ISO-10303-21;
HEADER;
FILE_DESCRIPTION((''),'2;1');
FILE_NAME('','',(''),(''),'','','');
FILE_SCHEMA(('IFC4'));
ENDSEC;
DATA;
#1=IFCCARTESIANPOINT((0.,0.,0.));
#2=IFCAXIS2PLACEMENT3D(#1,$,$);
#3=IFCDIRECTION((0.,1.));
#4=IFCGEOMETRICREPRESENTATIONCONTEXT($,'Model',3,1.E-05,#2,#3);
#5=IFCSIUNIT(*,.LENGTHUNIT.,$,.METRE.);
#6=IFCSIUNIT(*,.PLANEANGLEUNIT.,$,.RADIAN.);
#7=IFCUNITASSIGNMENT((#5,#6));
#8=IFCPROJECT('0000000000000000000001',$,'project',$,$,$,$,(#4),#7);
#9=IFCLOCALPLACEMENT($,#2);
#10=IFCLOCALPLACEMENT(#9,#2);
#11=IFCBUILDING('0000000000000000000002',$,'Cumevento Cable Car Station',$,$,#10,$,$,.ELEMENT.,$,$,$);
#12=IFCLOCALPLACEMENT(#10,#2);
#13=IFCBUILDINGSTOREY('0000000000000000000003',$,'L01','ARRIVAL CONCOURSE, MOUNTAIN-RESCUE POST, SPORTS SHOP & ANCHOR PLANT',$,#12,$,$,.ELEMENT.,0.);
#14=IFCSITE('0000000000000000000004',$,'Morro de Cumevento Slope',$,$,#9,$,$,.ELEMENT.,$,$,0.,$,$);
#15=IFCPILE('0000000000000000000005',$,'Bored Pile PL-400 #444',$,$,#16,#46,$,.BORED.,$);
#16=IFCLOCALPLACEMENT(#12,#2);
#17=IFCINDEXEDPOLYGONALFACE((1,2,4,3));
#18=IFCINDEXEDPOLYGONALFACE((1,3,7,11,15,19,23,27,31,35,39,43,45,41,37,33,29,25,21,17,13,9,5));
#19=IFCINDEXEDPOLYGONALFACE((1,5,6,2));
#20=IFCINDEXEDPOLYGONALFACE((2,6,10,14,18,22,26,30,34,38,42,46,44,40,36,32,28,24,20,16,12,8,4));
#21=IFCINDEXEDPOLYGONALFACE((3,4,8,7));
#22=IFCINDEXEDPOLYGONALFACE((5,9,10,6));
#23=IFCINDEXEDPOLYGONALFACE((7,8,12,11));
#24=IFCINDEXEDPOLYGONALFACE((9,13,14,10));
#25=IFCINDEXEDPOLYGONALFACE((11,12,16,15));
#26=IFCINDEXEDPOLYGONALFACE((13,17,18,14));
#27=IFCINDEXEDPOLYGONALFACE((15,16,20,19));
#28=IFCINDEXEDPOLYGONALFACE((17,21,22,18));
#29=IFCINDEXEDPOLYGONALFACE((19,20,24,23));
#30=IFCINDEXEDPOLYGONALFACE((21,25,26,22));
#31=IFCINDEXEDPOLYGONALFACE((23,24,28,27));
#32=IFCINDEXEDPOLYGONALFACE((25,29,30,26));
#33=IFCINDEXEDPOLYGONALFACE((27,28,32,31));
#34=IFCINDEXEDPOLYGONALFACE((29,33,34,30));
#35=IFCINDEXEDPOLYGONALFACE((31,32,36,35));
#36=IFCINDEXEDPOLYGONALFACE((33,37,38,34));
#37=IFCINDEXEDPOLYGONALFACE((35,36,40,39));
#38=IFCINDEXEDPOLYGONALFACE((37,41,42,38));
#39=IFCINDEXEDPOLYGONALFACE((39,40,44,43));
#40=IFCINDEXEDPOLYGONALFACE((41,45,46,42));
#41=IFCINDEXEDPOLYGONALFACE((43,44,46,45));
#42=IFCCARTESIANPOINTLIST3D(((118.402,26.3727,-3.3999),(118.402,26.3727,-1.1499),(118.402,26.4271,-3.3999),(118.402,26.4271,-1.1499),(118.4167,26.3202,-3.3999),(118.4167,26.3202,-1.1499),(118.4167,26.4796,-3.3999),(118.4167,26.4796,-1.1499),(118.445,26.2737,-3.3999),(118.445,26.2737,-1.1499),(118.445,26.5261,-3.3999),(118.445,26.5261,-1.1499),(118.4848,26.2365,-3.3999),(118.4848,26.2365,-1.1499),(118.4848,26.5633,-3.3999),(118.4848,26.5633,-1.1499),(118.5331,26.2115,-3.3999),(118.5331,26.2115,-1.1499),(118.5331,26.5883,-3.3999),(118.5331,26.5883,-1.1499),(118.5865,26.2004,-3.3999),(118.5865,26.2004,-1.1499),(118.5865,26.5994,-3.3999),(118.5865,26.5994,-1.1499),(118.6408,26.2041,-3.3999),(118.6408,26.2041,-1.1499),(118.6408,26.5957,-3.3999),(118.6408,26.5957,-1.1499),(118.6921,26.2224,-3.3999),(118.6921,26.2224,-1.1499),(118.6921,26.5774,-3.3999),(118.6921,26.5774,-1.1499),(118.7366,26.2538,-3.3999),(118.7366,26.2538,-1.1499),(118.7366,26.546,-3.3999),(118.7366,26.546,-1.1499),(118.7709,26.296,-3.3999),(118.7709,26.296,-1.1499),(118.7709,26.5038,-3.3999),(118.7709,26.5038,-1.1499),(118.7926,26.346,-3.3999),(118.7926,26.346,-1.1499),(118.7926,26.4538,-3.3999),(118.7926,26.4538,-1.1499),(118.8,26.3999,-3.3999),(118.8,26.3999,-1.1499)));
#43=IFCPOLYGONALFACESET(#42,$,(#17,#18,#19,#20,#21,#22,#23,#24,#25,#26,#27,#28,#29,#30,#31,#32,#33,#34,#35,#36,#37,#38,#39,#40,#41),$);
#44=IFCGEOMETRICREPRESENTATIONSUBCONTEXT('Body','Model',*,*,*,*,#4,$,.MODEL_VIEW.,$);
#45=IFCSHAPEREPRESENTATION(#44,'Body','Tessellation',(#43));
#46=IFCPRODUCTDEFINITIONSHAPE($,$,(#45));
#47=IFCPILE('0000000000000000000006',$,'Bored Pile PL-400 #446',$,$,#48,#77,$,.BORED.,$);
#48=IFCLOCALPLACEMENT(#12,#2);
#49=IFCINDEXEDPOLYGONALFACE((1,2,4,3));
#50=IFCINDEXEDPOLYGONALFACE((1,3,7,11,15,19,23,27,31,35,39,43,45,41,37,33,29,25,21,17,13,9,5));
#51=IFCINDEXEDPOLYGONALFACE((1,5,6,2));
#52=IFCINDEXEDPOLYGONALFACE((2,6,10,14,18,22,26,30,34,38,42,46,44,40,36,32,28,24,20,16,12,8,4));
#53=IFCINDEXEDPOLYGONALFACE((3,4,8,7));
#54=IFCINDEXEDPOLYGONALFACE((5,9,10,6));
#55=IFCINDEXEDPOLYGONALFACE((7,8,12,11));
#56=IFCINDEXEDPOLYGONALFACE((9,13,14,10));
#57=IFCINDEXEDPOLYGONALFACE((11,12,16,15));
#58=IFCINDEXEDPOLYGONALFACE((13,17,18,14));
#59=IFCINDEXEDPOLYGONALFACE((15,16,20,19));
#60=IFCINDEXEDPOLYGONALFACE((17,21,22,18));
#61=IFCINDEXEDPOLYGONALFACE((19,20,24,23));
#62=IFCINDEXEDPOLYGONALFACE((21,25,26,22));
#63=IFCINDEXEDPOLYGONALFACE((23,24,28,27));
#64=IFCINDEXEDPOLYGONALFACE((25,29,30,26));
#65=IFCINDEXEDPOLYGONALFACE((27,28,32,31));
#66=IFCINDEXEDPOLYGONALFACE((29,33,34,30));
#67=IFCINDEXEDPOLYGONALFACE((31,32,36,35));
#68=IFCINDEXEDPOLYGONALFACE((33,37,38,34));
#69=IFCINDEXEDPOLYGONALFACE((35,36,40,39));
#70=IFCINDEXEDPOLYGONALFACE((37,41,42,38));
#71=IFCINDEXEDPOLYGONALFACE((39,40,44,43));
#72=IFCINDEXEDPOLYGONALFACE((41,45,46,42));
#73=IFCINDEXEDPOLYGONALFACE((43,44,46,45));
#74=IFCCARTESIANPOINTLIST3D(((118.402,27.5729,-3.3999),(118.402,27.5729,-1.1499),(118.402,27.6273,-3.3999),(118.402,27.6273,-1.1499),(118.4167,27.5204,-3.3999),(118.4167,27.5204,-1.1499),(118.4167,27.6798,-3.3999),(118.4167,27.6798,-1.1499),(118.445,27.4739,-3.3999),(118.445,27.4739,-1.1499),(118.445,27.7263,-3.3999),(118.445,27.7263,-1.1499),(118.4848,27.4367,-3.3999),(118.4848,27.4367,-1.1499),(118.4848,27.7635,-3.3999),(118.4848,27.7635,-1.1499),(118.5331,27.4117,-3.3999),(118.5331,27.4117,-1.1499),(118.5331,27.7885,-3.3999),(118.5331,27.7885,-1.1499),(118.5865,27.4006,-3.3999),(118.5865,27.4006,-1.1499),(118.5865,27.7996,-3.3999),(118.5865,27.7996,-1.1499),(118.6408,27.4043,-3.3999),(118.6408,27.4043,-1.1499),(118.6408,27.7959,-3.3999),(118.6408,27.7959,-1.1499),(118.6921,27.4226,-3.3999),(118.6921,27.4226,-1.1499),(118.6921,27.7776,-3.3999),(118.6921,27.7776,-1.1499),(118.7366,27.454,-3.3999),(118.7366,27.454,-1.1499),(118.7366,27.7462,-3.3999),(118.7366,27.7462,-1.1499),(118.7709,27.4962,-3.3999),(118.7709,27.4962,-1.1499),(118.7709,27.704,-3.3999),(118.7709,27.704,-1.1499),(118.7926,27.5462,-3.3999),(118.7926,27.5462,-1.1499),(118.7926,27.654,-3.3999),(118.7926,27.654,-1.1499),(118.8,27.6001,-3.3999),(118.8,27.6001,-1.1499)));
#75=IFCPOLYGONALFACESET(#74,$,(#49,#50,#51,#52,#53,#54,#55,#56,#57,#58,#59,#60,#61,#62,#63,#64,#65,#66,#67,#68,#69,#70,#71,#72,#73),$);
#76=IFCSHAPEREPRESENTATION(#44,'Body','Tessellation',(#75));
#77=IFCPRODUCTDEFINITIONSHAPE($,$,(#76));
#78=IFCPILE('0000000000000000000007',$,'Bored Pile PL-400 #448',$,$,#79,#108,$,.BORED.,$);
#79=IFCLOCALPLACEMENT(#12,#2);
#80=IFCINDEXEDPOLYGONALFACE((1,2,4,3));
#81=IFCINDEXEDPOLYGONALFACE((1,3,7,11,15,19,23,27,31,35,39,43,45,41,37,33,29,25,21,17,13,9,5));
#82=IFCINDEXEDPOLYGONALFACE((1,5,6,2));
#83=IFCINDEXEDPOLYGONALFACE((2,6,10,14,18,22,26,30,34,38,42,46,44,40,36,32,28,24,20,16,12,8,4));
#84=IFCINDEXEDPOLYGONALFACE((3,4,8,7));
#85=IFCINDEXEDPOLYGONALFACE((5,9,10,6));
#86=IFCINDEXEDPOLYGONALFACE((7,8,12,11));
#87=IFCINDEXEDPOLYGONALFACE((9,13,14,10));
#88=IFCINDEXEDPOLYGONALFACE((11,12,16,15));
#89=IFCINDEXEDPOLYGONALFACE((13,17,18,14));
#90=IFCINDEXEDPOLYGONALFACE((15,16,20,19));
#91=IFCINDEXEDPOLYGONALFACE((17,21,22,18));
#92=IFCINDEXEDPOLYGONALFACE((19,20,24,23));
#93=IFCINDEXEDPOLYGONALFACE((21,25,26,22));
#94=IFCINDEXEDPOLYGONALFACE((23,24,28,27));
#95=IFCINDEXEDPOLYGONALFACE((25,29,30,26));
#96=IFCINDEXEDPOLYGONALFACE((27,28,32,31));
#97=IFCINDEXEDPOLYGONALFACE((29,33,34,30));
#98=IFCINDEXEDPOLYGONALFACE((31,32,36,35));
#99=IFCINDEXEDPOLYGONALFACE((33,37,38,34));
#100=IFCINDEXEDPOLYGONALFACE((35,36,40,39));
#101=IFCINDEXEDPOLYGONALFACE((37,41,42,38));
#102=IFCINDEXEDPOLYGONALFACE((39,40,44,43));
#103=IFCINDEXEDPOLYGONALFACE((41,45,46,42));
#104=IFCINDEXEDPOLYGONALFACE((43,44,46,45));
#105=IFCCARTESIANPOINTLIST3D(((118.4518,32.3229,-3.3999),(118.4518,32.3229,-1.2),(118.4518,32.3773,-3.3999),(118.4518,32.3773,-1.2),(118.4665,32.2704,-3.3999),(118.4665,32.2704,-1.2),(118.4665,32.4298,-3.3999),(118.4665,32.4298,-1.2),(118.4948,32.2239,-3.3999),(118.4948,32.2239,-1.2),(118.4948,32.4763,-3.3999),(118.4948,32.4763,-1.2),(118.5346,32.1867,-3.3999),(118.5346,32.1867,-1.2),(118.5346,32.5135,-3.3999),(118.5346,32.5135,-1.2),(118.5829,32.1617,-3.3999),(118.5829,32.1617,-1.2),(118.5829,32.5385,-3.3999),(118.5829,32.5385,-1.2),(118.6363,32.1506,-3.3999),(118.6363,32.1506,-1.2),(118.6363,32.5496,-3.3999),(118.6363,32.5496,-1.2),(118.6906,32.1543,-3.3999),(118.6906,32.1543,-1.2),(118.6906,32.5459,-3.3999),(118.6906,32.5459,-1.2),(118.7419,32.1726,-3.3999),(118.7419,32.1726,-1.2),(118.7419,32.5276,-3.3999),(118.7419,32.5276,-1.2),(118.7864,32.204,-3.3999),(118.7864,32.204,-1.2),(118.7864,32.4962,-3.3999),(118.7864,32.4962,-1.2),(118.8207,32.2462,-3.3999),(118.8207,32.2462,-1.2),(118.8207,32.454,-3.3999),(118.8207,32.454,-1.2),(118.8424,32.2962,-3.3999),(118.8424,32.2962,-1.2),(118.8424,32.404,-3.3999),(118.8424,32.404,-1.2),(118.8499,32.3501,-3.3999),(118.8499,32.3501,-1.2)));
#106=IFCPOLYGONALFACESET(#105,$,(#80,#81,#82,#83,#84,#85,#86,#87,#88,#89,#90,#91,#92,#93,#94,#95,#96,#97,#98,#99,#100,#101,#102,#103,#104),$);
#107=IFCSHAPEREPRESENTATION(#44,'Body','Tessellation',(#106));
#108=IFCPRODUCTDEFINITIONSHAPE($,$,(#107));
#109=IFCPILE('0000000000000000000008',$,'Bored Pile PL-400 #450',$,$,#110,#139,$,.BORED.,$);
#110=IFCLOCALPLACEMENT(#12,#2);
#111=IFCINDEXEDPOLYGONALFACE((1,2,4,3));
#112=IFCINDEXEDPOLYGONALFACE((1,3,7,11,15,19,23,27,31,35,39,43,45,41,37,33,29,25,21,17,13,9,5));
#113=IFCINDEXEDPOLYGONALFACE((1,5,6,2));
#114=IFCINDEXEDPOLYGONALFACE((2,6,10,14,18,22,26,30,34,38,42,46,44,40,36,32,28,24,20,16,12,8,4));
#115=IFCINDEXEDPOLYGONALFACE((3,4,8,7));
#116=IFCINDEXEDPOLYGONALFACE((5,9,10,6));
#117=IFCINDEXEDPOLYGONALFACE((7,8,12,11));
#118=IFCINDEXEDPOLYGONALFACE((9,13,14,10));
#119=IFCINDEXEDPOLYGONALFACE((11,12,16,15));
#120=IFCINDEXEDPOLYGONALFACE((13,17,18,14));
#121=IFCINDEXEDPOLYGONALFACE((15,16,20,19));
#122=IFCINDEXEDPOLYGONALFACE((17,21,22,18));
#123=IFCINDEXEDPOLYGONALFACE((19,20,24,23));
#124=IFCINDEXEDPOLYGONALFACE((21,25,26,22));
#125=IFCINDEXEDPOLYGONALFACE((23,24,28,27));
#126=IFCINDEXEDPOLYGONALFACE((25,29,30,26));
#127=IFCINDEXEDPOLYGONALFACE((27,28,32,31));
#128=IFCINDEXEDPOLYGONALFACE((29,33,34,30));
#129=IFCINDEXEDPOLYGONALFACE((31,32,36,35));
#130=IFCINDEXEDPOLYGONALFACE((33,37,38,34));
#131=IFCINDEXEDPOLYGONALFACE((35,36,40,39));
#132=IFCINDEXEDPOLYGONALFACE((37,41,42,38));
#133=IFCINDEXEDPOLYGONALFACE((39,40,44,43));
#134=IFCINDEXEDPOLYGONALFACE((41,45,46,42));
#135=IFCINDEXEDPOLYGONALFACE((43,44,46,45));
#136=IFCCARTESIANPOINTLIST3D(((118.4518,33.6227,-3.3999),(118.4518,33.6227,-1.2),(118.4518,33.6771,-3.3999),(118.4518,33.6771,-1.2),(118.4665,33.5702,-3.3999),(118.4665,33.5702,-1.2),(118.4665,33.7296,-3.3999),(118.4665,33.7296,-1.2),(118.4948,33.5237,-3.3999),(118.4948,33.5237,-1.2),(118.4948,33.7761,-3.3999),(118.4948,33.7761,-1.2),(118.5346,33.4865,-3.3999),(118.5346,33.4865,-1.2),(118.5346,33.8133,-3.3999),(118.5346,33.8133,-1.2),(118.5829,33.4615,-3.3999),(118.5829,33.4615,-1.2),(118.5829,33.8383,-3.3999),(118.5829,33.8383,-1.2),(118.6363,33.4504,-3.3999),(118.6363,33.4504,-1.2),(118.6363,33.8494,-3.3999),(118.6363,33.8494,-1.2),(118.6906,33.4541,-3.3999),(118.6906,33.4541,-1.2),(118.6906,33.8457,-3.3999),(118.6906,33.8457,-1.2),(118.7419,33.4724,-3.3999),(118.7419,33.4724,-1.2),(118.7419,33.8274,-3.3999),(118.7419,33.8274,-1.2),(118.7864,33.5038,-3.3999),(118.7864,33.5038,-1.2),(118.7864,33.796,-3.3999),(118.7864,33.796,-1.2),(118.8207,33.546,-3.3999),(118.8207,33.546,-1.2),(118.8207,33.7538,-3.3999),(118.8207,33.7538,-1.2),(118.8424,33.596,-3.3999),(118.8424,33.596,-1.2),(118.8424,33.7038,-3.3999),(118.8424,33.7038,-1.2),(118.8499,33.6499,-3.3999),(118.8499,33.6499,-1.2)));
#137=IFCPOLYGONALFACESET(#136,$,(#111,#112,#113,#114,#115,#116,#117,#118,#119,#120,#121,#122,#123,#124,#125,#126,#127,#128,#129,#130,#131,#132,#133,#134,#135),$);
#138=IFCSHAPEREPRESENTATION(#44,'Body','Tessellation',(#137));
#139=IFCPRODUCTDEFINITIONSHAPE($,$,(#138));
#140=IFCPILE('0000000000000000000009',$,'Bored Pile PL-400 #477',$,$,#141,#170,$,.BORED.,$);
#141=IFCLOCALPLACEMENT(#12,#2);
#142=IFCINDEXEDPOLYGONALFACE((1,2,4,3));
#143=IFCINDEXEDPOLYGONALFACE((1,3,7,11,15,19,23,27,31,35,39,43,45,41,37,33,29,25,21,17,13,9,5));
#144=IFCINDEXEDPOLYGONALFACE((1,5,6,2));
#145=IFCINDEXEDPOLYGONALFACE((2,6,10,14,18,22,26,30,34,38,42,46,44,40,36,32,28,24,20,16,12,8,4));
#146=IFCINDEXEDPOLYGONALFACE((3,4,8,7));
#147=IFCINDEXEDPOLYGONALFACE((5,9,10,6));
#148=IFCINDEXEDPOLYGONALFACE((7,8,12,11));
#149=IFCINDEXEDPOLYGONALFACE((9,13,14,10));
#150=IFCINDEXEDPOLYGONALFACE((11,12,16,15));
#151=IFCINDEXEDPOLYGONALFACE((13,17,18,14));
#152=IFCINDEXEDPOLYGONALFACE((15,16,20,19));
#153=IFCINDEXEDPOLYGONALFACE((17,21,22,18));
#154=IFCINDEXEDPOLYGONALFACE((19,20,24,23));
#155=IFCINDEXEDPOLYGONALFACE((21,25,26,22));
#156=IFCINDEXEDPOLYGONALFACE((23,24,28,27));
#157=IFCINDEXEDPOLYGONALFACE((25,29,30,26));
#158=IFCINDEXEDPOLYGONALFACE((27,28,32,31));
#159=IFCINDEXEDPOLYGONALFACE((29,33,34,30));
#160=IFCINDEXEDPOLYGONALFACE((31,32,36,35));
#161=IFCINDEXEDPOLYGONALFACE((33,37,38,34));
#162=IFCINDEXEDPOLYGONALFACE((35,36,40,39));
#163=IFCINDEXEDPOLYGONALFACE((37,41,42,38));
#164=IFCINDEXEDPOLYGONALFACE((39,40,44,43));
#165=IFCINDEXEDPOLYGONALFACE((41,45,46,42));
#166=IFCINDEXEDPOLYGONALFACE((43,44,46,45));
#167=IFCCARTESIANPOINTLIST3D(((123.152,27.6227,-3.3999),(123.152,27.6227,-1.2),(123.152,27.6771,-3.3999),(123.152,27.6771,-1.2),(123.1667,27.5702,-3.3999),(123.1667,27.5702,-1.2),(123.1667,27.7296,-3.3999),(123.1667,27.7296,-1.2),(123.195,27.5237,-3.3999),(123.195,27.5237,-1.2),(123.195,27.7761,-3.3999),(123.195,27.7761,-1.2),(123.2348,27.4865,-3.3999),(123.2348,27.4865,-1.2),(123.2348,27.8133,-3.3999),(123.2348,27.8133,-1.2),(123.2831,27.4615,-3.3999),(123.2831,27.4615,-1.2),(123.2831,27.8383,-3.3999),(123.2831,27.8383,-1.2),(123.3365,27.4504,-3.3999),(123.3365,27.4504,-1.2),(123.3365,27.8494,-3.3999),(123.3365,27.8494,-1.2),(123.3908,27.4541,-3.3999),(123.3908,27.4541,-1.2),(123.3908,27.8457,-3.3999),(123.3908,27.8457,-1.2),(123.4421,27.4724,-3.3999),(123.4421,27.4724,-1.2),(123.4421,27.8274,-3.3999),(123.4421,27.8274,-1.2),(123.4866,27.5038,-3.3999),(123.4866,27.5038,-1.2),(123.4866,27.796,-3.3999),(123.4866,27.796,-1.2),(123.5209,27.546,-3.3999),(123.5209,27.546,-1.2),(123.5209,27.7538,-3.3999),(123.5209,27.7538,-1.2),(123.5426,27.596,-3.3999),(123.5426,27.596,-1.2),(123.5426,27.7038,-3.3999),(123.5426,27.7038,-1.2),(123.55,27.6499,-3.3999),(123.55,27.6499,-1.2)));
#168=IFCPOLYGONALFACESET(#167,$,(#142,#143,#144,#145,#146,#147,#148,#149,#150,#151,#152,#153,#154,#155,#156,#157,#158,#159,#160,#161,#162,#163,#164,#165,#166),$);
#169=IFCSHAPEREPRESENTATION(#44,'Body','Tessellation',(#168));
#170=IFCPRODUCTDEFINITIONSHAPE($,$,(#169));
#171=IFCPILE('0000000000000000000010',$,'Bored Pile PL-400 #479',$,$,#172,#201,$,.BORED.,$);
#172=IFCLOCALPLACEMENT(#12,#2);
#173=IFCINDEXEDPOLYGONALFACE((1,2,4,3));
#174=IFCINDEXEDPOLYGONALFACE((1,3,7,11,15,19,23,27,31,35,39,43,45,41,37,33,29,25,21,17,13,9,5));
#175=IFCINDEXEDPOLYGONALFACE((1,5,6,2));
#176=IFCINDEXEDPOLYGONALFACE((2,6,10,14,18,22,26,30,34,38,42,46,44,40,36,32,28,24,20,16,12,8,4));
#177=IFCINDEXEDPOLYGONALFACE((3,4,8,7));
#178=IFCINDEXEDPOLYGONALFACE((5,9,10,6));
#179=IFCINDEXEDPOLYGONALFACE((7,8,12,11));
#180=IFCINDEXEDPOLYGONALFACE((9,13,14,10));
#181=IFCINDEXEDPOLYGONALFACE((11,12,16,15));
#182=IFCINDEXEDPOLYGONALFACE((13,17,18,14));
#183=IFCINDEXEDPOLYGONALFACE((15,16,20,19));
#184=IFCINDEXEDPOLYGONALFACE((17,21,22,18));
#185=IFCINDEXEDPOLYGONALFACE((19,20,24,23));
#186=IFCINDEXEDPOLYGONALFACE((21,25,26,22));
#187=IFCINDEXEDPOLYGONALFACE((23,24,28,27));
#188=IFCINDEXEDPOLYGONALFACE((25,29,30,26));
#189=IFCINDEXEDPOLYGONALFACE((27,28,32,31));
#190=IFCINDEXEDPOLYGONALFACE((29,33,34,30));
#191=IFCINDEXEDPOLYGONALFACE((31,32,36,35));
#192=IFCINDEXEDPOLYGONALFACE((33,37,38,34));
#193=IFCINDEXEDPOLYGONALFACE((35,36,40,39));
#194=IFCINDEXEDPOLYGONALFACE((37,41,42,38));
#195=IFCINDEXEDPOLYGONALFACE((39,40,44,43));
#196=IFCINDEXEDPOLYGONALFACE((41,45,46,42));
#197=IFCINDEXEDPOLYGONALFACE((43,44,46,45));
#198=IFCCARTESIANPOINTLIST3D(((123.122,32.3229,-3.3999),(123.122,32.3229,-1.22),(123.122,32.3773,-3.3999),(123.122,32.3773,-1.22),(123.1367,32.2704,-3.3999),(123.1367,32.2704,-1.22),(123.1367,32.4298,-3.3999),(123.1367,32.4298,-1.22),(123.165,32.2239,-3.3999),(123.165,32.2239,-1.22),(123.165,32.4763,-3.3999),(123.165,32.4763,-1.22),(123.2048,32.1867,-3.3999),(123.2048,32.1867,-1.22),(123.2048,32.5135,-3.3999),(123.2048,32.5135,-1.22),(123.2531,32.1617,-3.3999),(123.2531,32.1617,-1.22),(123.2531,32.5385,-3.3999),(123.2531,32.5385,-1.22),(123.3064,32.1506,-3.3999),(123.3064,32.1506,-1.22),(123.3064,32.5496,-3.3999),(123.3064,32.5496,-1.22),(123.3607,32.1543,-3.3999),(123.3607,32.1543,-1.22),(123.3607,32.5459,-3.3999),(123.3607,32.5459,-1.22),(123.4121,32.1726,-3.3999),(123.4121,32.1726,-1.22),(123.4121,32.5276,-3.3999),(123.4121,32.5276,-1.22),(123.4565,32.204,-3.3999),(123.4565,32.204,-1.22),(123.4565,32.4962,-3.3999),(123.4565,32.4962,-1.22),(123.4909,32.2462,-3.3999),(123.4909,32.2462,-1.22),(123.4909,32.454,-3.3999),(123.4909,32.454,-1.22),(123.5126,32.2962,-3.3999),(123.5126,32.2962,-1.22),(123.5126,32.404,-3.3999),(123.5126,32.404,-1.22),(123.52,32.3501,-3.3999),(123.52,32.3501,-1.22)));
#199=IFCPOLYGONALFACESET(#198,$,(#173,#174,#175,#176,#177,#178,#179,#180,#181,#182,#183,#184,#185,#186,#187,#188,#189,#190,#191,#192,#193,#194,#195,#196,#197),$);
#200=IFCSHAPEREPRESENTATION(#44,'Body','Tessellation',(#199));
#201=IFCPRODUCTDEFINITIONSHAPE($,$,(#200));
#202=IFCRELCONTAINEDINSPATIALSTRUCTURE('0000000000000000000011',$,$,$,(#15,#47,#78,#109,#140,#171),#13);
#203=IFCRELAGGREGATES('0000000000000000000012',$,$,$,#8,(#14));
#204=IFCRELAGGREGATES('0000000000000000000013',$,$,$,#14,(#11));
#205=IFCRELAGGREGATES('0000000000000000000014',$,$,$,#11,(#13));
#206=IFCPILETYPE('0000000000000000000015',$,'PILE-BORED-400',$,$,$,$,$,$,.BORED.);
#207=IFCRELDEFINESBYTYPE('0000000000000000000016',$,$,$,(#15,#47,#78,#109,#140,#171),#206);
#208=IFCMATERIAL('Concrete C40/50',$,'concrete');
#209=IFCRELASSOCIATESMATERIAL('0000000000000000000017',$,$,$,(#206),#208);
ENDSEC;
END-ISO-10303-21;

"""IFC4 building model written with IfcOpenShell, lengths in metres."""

from ifc_helpers import new_model, si_unit, direction, frame, origin, origin_2d, place, context, subcontext, project, spatial, circle, extrude, material, material_profile, profile_set, type_object, element, save


model = new_model("IFC4")

# Units and contexts
model_context = context("Model", 3, precision=1e-05, world=origin(), true_north=direction((0.0, 1.0)))
body_context = subcontext(model_context, "Body", "Model", "MODEL_VIEW")
ifc_project = project(units=[si_unit("LENGTHUNIT", "METRE"), si_unit("PLANEANGLEUNIT", "RADIAN")], contexts=[model_context])

# Site, building, storey
site_placement = place(None, origin())
site = spatial("IfcSite", under=ifc_project, at=site_placement, Name="Morro de Cumevento Slope", CompositionType="ELEMENT", RefElevation=0.0)
building_placement = place(site_placement, origin())
building = spatial("IfcBuilding", under=site, at=building_placement, Name="Cumevento Cable Car Station", CompositionType="ELEMENT")
storey_placement = place(building_placement, origin())
storey = spatial("IfcBuildingStorey", under=building, at=storey_placement, Name="L01", Description="ARRIVAL CONCOURSE, MOUNTAIN-RESCUE POST, SPORTS SHOP & ANCHOR PLANT", CompositionType="ELEMENT", Elevation=0.0)

# Piles
ifc_material_1 = material(Name="Concrete C40/50", Category="concrete")
ifc_material_profile_1 = material_profile(ifc_material_1, circle(Radius=0.2, at=origin_2d()), Name="PILE-D400")
ifc_profile_set_1 = profile_set([ifc_material_profile_1], Name="Concrete C40/50")
pile_type = type_object("IfcPileType", Name="PILE-BORED-400", PredefinedType="BORED", material=ifc_profile_set_1)
for number, where, z_axis, x_axis, name in (
    (1, (118.6001, 26.3999, -1.1499), (0.0, 0.0, -1.0), (1.0, 0.0, 0.0), "Bored Pile PL-400 #444"),
    (2, (118.6001, 27.6001, -1.1499), (0.0, 0.0, -1.0), (1.0, 0.0, 0.0), "Bored Pile PL-400 #446"),
):
    element("IfcPile", number, at=place(storey_placement, frame(where, z_axis=z_axis, x_axis=x_axis)), inside=storey, type_object=pile_type, Name=name, PredefinedType="BORED", context=body_context, shape_type="SweptSolid", body=[
        extrude(circle(Radius=0.2, at=origin_2d()), origin(), (0.0, 0.0, 1.0), 2.25),
    ])
for number, where, z_axis, x_axis, name in (
    (3, (118.6499, 32.3501, -1.2), (0.0, 0.0, -1.0), (1.0, 0.0, 0.0), "Bored Pile PL-400 #448"),
    (4, (118.6499, 33.6499, -1.2), (0.0, 0.0, -1.0), (1.0, 0.0, 0.0), "Bored Pile PL-400 #450"),
    (5, (123.3501, 27.6499, -1.2), (0.0, 0.0, -1.0), (1.0, 0.0, 0.0), "Bored Pile PL-400 #477"),
):
    element("IfcPile", number, at=place(storey_placement, frame(where, z_axis=z_axis, x_axis=x_axis)), inside=storey, type_object=pile_type, Name=name, PredefinedType="BORED", context=body_context, shape_type="SweptSolid", body=[
        extrude(circle(Radius=0.2, at=origin_2d()), origin(), (0.0, 0.0, 1.0), 2.2),
    ])
for number, where, z_axis, x_axis, name in (
    (6, (123.3201, 32.3501, -1.22), (0.0, 0.0, -1.0), (1.0, 0.0, 0.0), "Bored Pile PL-400 #479"),
):
    element("IfcPile", number, at=place(storey_placement, frame(where, z_axis=z_axis, x_axis=x_axis)), inside=storey, type_object=pile_type, Name=name, PredefinedType="BORED", context=body_context, shape_type="SweptSolid", body=[
        extrude(circle(Radius=0.2, at=origin_2d()), origin(), (0.0, 0.0, 1.0), 2.1799),
    ])

save(model, "model.ifc")
